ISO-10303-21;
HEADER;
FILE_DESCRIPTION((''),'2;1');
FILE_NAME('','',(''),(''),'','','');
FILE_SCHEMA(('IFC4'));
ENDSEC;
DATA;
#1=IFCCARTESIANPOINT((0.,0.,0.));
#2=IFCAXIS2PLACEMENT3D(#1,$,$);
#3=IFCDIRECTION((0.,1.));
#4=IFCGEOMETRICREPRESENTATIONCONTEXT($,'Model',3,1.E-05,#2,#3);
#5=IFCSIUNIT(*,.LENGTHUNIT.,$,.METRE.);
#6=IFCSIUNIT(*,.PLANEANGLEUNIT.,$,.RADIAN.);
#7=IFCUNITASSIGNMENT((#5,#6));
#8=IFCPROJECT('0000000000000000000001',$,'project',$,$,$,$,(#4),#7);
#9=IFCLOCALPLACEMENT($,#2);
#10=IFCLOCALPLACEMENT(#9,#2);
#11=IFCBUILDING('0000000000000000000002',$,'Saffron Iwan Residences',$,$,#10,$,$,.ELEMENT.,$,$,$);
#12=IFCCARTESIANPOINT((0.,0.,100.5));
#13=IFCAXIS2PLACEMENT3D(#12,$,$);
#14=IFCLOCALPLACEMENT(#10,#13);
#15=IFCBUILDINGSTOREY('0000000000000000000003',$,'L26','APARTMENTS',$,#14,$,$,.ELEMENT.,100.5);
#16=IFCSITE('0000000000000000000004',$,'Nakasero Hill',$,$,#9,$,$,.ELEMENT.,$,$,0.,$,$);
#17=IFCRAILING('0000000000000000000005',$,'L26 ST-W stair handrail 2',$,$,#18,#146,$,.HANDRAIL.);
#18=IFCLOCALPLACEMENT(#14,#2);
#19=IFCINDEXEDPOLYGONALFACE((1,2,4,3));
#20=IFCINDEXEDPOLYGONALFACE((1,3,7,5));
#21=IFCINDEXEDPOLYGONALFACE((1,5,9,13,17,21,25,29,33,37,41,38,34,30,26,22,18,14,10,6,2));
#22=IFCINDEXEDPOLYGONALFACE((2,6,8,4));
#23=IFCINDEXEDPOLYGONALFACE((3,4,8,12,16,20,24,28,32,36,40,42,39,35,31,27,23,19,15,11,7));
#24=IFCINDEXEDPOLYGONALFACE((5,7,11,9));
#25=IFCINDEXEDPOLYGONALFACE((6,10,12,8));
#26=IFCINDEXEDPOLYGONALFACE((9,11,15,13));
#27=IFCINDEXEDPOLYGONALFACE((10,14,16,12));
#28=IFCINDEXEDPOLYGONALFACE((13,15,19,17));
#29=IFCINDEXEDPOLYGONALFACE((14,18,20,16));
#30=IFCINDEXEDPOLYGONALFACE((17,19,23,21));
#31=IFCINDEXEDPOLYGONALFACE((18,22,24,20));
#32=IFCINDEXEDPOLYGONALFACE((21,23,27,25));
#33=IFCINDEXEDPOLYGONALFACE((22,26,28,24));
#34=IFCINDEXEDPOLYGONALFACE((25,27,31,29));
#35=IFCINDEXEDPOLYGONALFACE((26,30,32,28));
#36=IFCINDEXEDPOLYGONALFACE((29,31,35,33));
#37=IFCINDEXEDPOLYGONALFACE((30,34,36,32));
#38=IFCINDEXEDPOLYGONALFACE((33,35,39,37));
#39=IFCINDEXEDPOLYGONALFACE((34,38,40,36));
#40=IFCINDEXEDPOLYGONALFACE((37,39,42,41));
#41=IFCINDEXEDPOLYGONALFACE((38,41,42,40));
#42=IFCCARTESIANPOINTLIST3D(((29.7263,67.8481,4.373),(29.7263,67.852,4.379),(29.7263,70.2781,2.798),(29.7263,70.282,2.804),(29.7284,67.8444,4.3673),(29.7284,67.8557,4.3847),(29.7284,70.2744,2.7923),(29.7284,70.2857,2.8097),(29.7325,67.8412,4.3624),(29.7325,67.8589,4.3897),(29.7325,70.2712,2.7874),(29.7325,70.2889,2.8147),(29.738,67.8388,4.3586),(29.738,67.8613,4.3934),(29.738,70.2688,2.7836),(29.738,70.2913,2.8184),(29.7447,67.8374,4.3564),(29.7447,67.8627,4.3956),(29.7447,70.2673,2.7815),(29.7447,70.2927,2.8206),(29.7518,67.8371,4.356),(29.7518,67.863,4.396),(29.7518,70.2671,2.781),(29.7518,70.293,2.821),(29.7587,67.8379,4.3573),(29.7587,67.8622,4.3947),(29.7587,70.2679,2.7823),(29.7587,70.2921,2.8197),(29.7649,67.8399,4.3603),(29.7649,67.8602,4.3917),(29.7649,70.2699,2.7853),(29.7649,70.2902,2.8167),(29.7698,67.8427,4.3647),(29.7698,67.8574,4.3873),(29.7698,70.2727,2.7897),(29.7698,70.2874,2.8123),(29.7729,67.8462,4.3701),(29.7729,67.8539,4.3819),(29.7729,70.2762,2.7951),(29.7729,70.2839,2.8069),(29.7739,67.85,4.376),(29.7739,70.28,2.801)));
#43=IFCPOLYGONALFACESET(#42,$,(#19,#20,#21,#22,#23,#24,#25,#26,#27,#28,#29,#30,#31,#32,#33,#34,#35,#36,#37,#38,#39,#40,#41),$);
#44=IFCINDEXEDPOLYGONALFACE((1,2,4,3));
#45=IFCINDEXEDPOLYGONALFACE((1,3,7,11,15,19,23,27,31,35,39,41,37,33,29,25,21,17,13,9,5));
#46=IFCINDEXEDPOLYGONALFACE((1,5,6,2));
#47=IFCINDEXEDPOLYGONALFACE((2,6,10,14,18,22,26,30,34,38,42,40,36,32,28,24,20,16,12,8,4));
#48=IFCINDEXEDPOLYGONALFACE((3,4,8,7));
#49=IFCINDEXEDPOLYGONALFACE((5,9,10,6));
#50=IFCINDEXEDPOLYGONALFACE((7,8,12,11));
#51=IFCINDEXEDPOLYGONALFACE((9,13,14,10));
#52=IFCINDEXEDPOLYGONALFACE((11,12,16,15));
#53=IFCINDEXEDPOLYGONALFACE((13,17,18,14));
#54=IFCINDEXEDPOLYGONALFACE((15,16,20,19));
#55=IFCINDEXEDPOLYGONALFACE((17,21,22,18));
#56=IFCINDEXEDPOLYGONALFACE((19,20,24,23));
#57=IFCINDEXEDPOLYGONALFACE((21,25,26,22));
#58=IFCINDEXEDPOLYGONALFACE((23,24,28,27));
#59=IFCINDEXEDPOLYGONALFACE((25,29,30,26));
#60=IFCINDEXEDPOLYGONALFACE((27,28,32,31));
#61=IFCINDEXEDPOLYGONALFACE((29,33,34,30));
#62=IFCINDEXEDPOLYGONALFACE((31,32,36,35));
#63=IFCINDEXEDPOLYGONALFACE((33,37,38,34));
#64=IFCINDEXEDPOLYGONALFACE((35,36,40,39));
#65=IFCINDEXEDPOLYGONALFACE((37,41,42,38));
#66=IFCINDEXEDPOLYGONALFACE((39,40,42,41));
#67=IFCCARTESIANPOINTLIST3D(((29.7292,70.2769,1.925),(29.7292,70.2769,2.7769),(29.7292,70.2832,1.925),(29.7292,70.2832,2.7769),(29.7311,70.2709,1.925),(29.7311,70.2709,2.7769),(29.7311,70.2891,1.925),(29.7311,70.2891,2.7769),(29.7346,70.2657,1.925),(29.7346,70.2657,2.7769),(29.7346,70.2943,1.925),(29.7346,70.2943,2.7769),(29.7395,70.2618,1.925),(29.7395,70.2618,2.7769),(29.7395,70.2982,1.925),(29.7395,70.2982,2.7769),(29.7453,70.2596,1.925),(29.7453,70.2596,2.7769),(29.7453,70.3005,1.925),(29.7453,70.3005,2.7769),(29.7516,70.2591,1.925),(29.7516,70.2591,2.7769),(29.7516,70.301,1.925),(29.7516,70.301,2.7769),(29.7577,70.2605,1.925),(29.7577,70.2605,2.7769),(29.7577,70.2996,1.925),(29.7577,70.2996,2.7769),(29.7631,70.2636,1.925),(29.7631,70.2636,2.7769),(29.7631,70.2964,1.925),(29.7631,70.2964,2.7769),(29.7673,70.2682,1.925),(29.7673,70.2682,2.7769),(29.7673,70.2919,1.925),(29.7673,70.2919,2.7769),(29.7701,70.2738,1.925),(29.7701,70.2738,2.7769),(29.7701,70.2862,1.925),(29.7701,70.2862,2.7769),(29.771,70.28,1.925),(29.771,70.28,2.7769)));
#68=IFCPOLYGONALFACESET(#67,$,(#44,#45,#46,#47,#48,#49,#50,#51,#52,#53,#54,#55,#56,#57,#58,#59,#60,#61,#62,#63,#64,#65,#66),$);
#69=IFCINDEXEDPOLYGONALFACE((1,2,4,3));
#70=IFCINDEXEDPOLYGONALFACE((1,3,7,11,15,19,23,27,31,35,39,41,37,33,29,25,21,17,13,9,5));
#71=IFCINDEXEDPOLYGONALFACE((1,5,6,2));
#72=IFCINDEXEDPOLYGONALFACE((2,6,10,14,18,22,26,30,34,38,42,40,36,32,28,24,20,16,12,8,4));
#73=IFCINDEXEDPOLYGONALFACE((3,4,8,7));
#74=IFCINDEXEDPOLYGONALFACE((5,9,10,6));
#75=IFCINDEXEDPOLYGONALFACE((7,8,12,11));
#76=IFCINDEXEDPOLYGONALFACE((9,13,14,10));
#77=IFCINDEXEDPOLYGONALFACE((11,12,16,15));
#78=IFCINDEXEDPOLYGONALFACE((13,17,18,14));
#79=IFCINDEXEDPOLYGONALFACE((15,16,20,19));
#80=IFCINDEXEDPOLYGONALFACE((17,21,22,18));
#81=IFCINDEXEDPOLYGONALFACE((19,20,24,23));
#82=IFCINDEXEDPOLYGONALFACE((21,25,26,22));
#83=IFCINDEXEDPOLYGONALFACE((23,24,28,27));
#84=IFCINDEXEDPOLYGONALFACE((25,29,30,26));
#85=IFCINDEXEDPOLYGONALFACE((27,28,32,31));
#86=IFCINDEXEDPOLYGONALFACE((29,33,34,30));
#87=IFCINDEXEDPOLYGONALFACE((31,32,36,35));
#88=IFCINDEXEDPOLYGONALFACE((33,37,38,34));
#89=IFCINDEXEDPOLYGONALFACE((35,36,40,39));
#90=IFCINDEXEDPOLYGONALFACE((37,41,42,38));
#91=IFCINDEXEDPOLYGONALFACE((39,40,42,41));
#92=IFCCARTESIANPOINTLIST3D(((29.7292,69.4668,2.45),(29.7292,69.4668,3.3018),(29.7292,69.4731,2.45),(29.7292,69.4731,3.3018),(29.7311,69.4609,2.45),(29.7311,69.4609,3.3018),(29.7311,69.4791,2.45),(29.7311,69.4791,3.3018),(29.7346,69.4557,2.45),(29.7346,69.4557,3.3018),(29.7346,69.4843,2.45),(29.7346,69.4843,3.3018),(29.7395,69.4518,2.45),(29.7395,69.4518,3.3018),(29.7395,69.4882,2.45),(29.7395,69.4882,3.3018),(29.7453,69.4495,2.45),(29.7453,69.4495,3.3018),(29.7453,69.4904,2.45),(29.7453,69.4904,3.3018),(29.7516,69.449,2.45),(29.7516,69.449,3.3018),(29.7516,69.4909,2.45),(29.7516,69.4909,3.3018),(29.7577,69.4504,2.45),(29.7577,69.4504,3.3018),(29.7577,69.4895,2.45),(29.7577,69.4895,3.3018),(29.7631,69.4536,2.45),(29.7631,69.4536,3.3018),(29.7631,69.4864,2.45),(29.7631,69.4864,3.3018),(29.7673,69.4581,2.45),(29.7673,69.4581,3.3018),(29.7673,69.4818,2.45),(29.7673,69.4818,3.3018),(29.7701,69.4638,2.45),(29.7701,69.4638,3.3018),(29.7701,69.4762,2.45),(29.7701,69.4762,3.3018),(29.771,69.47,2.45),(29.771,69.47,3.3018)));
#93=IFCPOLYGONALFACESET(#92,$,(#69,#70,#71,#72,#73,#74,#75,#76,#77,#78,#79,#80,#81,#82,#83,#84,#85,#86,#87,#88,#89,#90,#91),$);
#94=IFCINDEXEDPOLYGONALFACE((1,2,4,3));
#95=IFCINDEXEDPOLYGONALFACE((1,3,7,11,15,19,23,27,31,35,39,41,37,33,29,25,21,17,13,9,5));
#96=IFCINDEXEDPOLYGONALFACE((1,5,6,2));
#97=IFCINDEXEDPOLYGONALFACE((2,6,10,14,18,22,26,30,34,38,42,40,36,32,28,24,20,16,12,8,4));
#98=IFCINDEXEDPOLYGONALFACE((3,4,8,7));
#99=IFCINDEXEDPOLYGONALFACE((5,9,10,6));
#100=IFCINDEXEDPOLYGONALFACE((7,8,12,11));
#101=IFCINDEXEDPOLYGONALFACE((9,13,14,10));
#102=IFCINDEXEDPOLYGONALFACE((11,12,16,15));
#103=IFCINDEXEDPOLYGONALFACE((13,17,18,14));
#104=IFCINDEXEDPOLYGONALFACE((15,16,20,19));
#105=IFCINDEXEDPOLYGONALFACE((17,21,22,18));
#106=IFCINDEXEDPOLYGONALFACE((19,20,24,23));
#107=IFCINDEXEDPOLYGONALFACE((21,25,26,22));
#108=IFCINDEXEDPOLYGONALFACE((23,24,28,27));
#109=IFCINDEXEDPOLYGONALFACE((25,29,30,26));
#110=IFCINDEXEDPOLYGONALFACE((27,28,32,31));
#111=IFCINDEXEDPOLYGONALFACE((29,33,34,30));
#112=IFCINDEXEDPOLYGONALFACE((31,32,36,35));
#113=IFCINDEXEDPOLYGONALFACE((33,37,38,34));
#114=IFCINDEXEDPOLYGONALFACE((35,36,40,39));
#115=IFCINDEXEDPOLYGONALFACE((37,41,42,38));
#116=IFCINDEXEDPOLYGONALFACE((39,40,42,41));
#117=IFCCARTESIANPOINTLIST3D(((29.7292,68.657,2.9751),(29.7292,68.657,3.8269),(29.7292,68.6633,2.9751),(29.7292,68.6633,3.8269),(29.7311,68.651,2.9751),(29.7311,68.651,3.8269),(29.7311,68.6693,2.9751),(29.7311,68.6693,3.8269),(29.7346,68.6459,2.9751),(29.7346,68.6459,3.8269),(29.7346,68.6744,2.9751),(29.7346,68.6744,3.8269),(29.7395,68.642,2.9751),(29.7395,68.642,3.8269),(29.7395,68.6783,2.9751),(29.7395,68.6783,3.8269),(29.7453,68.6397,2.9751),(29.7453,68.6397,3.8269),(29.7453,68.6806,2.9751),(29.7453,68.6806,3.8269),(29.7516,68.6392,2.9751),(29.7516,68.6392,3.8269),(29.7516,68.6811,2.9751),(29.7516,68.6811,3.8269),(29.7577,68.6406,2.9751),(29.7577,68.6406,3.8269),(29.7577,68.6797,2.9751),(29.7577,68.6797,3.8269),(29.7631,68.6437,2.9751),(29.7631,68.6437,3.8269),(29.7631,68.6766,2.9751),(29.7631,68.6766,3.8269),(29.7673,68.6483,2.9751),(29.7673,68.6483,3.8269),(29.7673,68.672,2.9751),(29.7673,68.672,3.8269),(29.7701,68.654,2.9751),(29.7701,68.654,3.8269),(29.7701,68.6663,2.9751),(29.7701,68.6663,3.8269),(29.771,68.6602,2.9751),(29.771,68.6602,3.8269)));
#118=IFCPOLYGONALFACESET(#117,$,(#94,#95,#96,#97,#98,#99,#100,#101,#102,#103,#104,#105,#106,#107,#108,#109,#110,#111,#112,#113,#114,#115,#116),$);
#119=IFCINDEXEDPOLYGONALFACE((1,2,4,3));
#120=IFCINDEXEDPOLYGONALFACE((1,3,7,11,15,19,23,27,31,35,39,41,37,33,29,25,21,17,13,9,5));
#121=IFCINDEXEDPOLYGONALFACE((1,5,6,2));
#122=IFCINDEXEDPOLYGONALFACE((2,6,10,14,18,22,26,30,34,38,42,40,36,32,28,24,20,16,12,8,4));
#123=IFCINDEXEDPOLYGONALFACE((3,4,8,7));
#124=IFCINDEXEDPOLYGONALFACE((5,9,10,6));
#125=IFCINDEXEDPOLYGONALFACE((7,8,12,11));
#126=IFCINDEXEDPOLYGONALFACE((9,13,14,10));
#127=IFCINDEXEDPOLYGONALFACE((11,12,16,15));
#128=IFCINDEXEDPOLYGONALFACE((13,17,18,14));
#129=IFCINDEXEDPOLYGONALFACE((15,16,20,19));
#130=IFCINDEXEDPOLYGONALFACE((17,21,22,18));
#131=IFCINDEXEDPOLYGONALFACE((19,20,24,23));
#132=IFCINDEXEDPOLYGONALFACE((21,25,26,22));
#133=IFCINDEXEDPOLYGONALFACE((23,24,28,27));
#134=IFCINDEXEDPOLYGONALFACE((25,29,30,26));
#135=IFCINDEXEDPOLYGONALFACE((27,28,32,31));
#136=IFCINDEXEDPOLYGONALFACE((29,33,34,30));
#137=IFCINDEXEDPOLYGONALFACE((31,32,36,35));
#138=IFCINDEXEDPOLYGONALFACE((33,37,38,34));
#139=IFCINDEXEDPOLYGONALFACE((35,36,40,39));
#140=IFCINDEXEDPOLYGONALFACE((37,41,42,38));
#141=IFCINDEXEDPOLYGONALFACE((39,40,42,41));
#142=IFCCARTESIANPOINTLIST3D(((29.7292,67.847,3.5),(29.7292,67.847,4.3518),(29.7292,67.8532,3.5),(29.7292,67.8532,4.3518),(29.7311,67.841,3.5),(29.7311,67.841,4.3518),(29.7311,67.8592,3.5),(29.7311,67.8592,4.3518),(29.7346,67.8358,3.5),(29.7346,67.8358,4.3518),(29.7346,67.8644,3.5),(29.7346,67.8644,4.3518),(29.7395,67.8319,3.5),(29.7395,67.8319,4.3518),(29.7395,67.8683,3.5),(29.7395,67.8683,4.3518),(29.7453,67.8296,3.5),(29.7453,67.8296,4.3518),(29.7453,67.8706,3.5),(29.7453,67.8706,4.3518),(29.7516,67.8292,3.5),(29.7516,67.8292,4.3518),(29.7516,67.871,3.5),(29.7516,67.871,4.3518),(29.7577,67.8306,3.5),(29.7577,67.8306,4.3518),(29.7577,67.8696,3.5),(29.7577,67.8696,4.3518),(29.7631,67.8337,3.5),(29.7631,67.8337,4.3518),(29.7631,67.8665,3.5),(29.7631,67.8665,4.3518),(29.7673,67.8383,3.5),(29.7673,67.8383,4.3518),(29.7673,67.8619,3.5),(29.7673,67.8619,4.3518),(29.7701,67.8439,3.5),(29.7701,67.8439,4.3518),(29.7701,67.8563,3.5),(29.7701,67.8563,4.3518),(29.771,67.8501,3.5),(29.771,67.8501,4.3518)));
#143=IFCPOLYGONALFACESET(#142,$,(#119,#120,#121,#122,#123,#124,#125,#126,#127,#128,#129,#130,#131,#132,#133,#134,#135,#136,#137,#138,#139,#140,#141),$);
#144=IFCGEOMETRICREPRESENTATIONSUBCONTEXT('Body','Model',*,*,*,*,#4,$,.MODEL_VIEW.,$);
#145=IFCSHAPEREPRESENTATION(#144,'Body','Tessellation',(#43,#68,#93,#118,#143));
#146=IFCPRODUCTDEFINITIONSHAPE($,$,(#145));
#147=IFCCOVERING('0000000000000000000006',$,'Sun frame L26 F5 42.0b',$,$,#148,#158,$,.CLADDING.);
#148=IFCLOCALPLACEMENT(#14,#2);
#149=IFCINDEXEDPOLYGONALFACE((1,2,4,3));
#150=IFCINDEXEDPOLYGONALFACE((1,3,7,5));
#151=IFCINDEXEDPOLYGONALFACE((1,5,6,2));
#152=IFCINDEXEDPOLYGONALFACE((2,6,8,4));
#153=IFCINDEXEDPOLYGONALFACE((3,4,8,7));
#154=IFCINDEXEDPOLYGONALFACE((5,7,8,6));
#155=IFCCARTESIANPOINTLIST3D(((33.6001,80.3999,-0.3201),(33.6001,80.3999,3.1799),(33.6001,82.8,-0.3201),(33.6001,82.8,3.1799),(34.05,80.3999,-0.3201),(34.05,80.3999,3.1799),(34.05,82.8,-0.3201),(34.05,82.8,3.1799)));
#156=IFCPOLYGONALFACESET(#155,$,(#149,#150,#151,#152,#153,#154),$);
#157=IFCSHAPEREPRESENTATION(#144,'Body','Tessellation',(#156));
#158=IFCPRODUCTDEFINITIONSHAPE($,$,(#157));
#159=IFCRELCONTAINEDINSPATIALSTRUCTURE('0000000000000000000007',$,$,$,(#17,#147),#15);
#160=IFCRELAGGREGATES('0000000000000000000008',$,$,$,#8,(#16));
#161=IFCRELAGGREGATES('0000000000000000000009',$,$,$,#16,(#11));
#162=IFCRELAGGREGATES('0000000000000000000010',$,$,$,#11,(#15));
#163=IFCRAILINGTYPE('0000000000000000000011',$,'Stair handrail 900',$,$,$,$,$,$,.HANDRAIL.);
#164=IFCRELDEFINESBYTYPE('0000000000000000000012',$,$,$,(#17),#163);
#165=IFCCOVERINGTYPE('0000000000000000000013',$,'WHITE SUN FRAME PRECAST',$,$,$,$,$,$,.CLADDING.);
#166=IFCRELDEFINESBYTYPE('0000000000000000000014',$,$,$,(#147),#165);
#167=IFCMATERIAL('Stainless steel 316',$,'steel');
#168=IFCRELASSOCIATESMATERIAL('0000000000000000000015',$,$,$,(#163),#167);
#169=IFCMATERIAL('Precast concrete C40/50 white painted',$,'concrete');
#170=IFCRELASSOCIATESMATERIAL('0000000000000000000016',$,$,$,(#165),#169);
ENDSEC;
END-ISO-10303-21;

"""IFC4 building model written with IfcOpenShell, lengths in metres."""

from ifc_helpers import new_model, si_unit, direction, frame, origin, origin_2d, place, context, subcontext, project, spatial, polyline, circle, outline, extrude, material, type_object, element, save


model = new_model("IFC4")

# Units and contexts
model_context = context("Model", 3, precision=1e-05, world=origin(), true_north=direction((0.0, 1.0)))
body_context = subcontext(model_context, "Body", "Model", "MODEL_VIEW")
ifc_project = project(units=[si_unit("LENGTHUNIT", "METRE"), si_unit("PLANEANGLEUNIT", "RADIAN")], contexts=[model_context])

# Site, building, storey
site_placement = place(None, origin())
site = spatial("IfcSite", under=ifc_project, at=site_placement, Name="Nakasero Hill", CompositionType="ELEMENT", RefElevation=0.0)
building_placement = place(site_placement, origin())
building = spatial("IfcBuilding", under=site, at=building_placement, Name="Saffron Iwan Residences", CompositionType="ELEMENT")
storey_placement = place(building_placement, frame((0.0, 0.0, 100.5)))
storey = spatial("IfcBuildingStorey", under=building, at=storey_placement, Name="L26", Description="APARTMENTS", CompositionType="ELEMENT", Elevation=100.5)

# Railing
ifc_material_1 = material(Name="Stainless steel 316", Category="steel")
railing_type = type_object("IfcRailingType", Name="Stair handrail 900", PredefinedType="HANDRAIL", material=ifc_material_1)
railing_placement = place(storey_placement, frame((29.75, 70.28, 1.925)))
element("IfcRailing", 1, at=railing_placement, inside=storey, type_object=railing_type, Name="L26 ST-W stair handrail 2", PredefinedType="HANDRAIL", context=body_context, shape_type="SweptSolid", body=[
    extrude(circle(Radius=0.0239, at=origin_2d()), frame((0.0, 0.0, 0.876), z_axis=(0.0, -0.839154, 0.543894), x_axis=(1.0, 0.0, 0.0)), (0.0, 0.0, 1.0), 2.8958),
    extrude(circle(Radius=0.021, at=origin_2d()), origin(), (0.0, 0.0, 1.0), 0.8518),
    extrude(circle(Radius=0.021, at=origin_2d()), frame((0.0, -0.8101, 0.5249)), (0.0, 0.0, 1.0), 0.8518),
    extrude(circle(Radius=0.021, at=origin_2d()), frame((0.0, -1.6199, 1.05)), (0.0, 0.0, 1.0), 0.8518),
    extrude(circle(Radius=0.021, at=origin_2d()), frame((0.0, -2.4299, 1.575)), (0.0, 0.0, 1.0), 0.8518),
])

# Covering
ifc_material_2 = material(Name="Precast concrete C40/50 white painted", Category="concrete")
covering_type_1 = type_object("IfcCoveringType", Name="WHITE SUN FRAME PRECAST", PredefinedType="CLADDING", material=ifc_material_2)
covering_1_placement = place(storey_placement, frame((34.05, 80.3999, -0.3201), z_axis=(0.0, 1.0, 0.0), x_axis=(-1.0, 0.0, 0.0)))
element("IfcCovering", 2, at=covering_1_placement, inside=storey, type_object=covering_type_1, Name="Sun frame L26 F5 42.0b", PredefinedType="CLADDING", context=body_context, shape_type="SweptSolid", body=[
    extrude(outline(polyline([(0.0, 0.0), (0.45, 0.0), (0.45, 3.5), (0.0, 3.5), (0.0, 0.0)])), origin(), (0.0, 0.0, 1.0), 2.4001),
])

save(model, "model.ifc")
